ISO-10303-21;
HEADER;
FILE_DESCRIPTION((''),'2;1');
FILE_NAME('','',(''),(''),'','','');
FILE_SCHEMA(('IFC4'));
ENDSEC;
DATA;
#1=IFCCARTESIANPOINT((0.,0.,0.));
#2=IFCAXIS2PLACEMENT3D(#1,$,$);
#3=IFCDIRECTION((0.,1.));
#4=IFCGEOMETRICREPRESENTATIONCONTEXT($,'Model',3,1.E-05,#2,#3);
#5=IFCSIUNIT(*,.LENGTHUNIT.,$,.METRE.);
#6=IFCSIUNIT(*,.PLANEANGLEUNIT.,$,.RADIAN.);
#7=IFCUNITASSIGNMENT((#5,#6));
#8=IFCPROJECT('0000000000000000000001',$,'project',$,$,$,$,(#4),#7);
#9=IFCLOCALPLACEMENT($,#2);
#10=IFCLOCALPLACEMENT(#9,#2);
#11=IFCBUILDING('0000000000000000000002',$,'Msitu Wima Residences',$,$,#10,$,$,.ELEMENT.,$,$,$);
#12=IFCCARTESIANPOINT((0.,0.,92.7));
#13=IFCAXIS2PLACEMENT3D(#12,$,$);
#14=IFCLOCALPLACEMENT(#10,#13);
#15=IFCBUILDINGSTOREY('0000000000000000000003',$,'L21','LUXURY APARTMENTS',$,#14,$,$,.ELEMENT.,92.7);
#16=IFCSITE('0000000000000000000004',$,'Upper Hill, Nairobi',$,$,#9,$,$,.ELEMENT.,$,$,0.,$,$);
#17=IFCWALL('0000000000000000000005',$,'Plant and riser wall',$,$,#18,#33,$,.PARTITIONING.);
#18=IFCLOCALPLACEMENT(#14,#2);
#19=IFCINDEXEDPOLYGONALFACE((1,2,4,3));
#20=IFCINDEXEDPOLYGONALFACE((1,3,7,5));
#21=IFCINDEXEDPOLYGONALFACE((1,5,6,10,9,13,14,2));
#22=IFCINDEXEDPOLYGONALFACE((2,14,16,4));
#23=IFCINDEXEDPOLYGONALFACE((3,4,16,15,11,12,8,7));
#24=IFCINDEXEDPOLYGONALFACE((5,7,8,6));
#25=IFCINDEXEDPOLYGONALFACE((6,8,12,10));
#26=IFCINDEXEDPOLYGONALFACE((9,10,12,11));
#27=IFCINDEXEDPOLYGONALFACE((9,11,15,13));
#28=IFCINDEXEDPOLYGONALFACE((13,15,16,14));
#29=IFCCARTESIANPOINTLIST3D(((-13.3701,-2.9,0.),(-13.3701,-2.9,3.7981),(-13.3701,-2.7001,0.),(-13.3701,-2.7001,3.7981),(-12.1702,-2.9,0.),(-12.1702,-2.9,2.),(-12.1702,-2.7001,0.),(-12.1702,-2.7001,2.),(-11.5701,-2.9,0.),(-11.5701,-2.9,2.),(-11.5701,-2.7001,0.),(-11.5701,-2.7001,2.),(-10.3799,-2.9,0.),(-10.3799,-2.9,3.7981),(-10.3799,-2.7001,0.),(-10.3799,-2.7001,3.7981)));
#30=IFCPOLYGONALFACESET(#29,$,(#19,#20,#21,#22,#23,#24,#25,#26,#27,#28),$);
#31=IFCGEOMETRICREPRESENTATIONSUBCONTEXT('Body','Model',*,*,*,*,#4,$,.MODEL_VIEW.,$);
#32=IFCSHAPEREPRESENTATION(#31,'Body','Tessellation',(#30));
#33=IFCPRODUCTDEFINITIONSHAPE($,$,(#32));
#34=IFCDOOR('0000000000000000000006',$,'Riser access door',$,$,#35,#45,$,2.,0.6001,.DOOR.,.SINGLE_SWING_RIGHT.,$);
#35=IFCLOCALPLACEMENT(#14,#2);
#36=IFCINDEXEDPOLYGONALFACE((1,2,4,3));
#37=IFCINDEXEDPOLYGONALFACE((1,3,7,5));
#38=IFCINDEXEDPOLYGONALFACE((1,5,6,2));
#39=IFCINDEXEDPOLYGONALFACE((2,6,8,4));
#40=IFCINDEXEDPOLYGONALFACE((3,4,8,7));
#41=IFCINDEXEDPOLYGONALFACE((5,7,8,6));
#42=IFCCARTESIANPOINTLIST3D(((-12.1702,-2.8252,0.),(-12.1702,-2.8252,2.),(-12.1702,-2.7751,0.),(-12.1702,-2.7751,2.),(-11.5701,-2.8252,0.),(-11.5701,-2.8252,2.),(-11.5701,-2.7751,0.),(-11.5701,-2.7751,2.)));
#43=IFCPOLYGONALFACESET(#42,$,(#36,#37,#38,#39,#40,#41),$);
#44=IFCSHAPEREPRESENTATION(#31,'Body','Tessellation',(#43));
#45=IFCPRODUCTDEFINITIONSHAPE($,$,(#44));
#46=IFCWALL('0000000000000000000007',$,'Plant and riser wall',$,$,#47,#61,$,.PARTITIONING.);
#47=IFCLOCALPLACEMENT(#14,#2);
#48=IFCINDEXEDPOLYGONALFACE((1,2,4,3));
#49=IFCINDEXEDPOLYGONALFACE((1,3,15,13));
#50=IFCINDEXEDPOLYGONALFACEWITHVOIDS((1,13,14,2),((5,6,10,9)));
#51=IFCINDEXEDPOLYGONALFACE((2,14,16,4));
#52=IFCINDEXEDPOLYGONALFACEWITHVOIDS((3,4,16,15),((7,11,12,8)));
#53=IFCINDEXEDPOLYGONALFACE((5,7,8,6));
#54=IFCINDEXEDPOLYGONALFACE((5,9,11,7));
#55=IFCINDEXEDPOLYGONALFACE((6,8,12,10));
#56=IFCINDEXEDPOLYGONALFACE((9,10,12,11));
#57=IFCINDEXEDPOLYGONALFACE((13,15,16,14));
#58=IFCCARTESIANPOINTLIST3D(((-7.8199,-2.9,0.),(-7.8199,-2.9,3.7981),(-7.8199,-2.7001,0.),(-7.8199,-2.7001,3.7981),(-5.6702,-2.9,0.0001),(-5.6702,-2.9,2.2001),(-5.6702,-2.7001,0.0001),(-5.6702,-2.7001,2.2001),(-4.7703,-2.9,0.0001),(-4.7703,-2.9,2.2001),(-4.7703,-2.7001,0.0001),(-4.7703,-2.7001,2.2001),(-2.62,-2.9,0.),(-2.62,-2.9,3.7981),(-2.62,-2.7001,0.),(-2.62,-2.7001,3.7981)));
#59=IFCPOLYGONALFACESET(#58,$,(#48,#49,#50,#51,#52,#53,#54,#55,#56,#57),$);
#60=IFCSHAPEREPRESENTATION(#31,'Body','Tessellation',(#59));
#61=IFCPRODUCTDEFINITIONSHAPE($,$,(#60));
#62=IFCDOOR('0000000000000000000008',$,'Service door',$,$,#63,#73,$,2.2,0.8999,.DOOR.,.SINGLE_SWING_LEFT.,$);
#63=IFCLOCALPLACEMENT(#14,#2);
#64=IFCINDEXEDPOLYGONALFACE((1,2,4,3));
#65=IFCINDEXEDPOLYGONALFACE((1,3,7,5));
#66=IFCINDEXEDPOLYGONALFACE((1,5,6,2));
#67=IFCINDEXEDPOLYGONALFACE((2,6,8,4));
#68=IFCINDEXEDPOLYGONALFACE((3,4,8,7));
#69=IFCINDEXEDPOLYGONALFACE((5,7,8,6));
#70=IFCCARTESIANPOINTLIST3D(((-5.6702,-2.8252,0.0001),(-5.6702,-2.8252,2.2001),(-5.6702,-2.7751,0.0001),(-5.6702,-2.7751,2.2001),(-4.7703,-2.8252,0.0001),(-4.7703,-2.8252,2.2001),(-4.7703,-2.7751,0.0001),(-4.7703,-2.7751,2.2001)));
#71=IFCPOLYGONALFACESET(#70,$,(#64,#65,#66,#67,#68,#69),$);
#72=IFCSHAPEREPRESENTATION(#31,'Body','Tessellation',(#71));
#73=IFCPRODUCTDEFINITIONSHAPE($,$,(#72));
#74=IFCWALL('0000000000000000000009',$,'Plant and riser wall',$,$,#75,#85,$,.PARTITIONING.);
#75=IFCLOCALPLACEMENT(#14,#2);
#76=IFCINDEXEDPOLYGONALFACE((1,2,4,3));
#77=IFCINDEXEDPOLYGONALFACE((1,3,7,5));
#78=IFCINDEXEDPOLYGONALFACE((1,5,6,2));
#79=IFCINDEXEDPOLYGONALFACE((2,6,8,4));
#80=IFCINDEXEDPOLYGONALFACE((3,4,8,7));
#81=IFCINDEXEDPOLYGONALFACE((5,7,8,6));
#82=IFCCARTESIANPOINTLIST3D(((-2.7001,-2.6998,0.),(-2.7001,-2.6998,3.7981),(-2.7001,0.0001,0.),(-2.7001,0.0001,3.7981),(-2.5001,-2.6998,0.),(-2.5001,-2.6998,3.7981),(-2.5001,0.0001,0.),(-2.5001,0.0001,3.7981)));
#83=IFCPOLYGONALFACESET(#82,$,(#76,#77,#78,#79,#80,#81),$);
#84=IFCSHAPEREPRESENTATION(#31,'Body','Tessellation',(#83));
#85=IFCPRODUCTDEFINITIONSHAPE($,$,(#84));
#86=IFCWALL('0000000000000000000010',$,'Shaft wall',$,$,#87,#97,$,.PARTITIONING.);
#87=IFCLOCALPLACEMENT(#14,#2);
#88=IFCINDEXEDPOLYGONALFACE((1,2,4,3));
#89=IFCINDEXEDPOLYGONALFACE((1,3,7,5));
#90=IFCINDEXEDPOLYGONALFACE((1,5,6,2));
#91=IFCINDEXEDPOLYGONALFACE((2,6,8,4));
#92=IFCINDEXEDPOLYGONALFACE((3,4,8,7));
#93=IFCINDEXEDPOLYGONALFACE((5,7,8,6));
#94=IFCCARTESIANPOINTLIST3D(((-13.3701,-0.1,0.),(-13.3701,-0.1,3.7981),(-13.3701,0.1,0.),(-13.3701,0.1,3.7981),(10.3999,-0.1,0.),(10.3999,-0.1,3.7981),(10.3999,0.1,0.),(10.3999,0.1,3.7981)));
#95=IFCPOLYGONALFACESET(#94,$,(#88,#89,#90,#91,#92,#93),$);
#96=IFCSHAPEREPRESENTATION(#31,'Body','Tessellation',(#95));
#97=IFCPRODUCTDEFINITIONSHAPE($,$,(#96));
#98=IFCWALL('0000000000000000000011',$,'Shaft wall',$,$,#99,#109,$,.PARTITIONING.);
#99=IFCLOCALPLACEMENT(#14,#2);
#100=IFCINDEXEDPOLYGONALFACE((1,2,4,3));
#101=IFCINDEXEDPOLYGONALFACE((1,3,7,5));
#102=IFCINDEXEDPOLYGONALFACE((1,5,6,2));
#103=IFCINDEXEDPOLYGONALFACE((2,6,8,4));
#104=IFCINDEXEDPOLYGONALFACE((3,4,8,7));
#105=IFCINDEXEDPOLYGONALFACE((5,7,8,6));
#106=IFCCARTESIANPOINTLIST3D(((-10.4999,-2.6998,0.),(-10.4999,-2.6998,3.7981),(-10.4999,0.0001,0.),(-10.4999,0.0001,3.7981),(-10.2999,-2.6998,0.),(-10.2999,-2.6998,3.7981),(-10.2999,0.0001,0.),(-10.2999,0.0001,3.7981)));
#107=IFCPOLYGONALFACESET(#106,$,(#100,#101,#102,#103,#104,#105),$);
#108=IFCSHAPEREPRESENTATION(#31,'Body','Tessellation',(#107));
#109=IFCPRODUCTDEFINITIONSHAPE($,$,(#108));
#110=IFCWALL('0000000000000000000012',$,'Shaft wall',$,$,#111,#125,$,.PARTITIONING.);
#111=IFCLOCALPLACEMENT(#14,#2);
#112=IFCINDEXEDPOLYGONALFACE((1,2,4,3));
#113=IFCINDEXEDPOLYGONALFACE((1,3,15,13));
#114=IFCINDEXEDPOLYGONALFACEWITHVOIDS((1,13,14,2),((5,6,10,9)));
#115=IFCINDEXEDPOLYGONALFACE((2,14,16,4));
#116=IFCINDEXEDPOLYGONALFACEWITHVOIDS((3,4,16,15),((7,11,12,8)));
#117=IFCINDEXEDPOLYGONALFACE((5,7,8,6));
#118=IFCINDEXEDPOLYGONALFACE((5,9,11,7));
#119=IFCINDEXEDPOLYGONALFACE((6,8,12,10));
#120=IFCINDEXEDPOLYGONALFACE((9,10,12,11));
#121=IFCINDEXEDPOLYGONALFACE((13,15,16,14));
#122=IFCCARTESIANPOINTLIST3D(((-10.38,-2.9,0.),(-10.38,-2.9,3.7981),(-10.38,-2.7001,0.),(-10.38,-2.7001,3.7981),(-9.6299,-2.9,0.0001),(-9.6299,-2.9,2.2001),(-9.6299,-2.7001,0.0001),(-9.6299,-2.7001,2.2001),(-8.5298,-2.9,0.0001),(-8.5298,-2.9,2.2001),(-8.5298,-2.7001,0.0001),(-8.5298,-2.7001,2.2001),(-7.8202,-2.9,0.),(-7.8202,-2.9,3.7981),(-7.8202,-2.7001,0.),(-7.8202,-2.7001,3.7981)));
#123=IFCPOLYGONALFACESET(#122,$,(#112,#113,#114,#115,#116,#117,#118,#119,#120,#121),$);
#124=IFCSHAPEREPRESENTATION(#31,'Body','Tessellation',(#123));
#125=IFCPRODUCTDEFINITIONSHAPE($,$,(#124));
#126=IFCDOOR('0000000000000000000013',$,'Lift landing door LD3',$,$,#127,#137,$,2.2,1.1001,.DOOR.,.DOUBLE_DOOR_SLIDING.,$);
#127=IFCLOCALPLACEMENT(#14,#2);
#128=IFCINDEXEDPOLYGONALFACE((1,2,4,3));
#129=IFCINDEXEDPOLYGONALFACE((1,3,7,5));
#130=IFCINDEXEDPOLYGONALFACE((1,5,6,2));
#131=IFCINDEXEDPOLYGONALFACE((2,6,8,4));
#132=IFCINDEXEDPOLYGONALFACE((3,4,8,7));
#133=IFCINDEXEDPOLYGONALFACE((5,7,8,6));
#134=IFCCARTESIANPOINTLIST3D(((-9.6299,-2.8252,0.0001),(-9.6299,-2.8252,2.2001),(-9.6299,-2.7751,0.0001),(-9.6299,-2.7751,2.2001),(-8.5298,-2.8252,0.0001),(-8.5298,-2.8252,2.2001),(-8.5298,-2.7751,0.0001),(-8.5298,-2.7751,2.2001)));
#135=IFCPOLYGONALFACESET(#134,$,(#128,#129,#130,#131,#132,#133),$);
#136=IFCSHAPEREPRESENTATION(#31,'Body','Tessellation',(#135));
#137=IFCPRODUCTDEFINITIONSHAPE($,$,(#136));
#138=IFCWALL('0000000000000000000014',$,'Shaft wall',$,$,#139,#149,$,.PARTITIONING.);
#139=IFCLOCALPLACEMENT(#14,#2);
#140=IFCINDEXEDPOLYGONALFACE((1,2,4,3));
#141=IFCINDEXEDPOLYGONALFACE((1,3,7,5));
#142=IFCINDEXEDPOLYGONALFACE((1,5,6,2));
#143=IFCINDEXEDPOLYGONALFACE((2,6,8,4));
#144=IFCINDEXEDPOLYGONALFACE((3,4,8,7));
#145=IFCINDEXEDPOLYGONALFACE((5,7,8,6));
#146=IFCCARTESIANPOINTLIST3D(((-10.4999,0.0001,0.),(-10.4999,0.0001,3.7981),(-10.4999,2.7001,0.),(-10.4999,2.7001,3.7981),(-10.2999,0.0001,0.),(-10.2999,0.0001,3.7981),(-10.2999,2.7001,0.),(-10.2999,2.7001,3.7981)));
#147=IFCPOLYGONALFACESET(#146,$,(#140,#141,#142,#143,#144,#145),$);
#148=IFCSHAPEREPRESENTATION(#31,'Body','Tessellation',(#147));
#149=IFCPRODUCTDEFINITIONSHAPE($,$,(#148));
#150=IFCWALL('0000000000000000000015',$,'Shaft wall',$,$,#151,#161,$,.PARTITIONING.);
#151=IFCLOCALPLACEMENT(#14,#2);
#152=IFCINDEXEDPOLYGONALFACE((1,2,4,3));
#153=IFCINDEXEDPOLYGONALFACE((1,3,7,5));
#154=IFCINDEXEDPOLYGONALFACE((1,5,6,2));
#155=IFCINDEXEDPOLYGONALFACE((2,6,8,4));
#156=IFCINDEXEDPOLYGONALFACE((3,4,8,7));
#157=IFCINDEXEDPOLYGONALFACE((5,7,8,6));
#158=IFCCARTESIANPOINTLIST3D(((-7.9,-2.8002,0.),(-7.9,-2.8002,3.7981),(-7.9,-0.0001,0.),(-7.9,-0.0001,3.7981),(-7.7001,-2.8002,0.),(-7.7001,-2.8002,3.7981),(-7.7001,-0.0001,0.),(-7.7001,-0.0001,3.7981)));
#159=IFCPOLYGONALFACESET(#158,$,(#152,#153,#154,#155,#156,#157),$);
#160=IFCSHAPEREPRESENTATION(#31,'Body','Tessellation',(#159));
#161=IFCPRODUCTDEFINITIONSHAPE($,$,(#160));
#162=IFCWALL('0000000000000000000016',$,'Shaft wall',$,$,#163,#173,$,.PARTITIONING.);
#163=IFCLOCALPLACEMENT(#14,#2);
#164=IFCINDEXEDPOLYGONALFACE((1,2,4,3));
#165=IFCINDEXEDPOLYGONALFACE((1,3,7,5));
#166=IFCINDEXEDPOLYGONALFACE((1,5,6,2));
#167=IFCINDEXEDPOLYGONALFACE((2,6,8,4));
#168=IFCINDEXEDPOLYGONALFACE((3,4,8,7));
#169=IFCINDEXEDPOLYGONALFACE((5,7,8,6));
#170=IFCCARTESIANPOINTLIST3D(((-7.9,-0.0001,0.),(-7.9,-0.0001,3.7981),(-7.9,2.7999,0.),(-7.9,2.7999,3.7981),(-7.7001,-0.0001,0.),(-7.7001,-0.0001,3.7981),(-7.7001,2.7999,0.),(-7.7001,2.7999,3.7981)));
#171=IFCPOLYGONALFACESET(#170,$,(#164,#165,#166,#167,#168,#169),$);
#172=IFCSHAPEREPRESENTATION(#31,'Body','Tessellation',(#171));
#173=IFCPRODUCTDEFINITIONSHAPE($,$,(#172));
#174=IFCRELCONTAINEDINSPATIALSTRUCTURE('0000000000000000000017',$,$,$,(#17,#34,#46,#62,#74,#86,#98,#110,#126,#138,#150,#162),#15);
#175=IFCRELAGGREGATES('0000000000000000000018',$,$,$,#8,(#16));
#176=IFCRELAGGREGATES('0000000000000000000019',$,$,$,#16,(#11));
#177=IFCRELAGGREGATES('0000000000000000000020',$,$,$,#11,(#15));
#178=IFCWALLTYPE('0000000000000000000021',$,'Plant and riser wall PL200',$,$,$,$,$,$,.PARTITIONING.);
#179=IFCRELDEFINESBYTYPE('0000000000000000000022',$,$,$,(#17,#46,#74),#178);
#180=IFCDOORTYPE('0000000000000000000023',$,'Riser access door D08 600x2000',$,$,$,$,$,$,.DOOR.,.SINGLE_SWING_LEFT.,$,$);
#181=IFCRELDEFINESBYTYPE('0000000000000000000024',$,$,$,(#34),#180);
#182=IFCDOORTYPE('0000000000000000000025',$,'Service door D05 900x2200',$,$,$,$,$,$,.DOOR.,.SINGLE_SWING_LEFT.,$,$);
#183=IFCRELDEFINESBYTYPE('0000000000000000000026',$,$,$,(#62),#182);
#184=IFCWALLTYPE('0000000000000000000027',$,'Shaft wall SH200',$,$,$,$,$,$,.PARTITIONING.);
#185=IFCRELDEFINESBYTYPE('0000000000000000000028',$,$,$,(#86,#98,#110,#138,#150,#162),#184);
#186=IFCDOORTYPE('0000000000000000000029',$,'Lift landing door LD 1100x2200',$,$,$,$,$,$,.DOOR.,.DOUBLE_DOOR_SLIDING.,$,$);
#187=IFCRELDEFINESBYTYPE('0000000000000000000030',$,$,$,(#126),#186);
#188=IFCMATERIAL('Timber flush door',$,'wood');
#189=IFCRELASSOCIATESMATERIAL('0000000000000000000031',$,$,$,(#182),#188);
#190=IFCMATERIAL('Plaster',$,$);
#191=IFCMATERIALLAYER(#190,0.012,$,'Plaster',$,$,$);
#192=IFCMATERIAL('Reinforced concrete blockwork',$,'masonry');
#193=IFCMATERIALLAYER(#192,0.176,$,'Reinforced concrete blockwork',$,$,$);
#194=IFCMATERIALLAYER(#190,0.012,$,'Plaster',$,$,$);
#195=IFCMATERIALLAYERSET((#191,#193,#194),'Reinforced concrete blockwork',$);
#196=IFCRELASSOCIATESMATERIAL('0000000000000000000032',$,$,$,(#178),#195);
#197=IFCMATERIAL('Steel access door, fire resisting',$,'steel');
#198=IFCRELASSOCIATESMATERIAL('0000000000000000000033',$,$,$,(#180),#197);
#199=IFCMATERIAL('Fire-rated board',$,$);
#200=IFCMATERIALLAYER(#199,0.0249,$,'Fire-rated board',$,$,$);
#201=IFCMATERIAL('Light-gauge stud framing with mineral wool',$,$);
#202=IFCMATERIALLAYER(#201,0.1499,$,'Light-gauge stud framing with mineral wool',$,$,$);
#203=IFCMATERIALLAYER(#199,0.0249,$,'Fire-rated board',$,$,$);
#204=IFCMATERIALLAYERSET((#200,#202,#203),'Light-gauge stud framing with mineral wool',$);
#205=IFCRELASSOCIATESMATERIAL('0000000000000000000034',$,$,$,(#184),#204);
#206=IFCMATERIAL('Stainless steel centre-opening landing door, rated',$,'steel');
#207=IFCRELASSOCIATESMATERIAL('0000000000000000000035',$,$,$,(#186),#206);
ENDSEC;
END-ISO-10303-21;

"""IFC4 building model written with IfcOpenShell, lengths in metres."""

from ifc_helpers import new_model, si_unit, direction, frame, frame_2d, origin, place, context, subcontext, project, spatial, rectangle, extrude, material, layer, layer_set, type_object, element, fill, save


model = new_model("IFC4")

# Units and contexts
model_context = context("Model", 3, precision=1e-05, world=origin(), true_north=direction((0.0, 1.0)))
body_context = subcontext(model_context, "Body", "Model", "MODEL_VIEW")
ifc_project = project(units=[si_unit("LENGTHUNIT", "METRE"), si_unit("PLANEANGLEUNIT", "RADIAN")], contexts=[model_context])

# Site, building, storey
site_placement = place(None, origin())
site = spatial("IfcSite", under=ifc_project, at=site_placement, Name="Upper Hill, Nairobi", CompositionType="ELEMENT", RefElevation=0.0)
building_placement = place(site_placement, origin())
building = spatial("IfcBuilding", under=site, at=building_placement, Name="Msitu Wima Residences", CompositionType="ELEMENT")
storey_placement = place(building_placement, frame((0.0, 0.0, 92.7)))
storey = spatial("IfcBuildingStorey", under=building, at=storey_placement, Name="L21", Description="LUXURY APARTMENTS", CompositionType="ELEMENT", Elevation=92.7)

# Shared definitions
ifc_material_1 = material(Name="Plaster")
ifc_material_2 = material(Name="Timber flush door", Category="wood")
door_type_1 = type_object("IfcDoorType", Name="Service door D05 900x2200", OperationType="SINGLE_SWING_LEFT", PredefinedType="DOOR", material=ifc_material_2)

# Walls, openings, doors
ifc_layer_1 = layer(ifc_material_1, 0.012, Name="Plaster")
ifc_material_3 = material(Name="Reinforced concrete blockwork", Category="masonry")
ifc_layer_2 = layer(ifc_material_3, 0.176, Name="Reinforced concrete blockwork")
ifc_layer_3 = layer(ifc_material_1, 0.012, Name="Plaster")
ifc_layer_set_1 = layer_set([ifc_layer_1, ifc_layer_2, ifc_layer_3], Name="Reinforced concrete blockwork")
wall_type_1 = type_object("IfcWallType", Name="Plant and riser wall PL200", PredefinedType="PARTITIONING", material=ifc_layer_set_1)
wall_1_placement = place(storey_placement, frame((-13.3701, -2.8, 0.0), z_axis=(0.0, 0.0, 1.0), x_axis=(1.0, 0.0, 0.0)))
wall_1 = element("IfcWall", 1, at=wall_1_placement, inside=storey, type_object=wall_type_1, Name="Plant and riser wall", PredefinedType="PARTITIONING", context=body_context, shape_type="SweptSolid", body=[
    extrude(rectangle(XDim=2.9902, YDim=0.2, at=frame_2d((1.4951, 0.0))), origin(), (0.0, 0.0, 1.0), 3.7981),
])
opening_1_placement = place(wall_1_placement, frame((1.2, 0.0, 0.0)))
opening_1 = element("IfcOpeningElement", 2, at=opening_1_placement, cuts=wall_1, PredefinedType="OPENING", context=body_context, shape_type="SweptSolid", body=[
    extrude(rectangle(XDim=0.6001, YDim=2.0, at=frame_2d((0.3, 1.0))), frame((0.0, 0.1099, 0.0), z_axis=(0.0, -1.0, 0.0), x_axis=(1.0, 0.0, 0.0)), (0.0, 0.0, 1.0), 0.22),
])
ifc_material_4 = material(Name="Steel access door, fire resisting", Category="steel")
door_type_2 = type_object("IfcDoorType", Name="Riser access door D08 600x2000", OperationType="SINGLE_SWING_LEFT", PredefinedType="DOOR", material=ifc_material_4)
door_1_placement = place(opening_1_placement, origin())
door_1 = element("IfcDoor", 3, at=door_1_placement, inside=storey, type_object=door_type_2, Name="Riser access door", OperationType="SINGLE_SWING_RIGHT", OverallHeight=2.0, OverallWidth=0.6001, PredefinedType="DOOR", context=body_context, shape_type="SweptSolid", body=[
    extrude(rectangle(XDim=0.6001, YDim=2.0, at=frame_2d((0.3, 1.0))), frame((0.0, 0.0249, 0.0), z_axis=(0.0, -1.0, 0.0), x_axis=(1.0, 0.0, 0.0)), (0.0, 0.0, 1.0), 0.05),
])
fill(opening_1, door_1)
wall_2_placement = place(storey_placement, frame((-7.8201, -2.8, 0.0), z_axis=(0.0, 0.0, 1.0), x_axis=(1.0, 0.0, 0.0)))
wall_2 = element("IfcWall", 4, at=wall_2_placement, inside=storey, type_object=wall_type_1, Name="Plant and riser wall", PredefinedType="PARTITIONING", context=body_context, shape_type="SweptSolid", body=[
    extrude(rectangle(XDim=5.2, YDim=0.2, at=frame_2d((2.6001, 0.0))), origin(), (0.0, 0.0, 1.0), 3.7981),
])
opening_2_placement = place(wall_2_placement, frame((2.1499, 0.0, 0.0)))
opening_2 = element("IfcOpeningElement", 5, at=opening_2_placement, cuts=wall_2, PredefinedType="OPENING", context=body_context, shape_type="SweptSolid", body=[
    extrude(rectangle(XDim=0.8999, YDim=2.2, at=frame_2d((0.45, 1.1001))), frame((0.0, 0.1099, 0.0), z_axis=(0.0, -1.0, 0.0), x_axis=(1.0, 0.0, 0.0)), (0.0, 0.0, 1.0), 0.22),
])
door_2_placement = place(opening_2_placement, origin())
door_2 = element("IfcDoor", 6, at=door_2_placement, inside=storey, type_object=door_type_1, Name="Service door", OperationType="SINGLE_SWING_LEFT", OverallHeight=2.2, OverallWidth=0.8999, PredefinedType="DOOR", context=body_context, shape_type="SweptSolid", body=[
    extrude(rectangle(XDim=0.8999, YDim=2.2, at=frame_2d((0.45, 1.1001))), frame((0.0, 0.0249, 0.0), z_axis=(0.0, -1.0, 0.0), x_axis=(1.0, 0.0, 0.0)), (0.0, 0.0, 1.0), 0.05),
])
fill(opening_2, door_2)

# Walls
wall_3_placement = place(storey_placement, frame((-2.6001, -2.7, 0.0), z_axis=(0.0, 0.0, 1.0), x_axis=(0.0, 1.0, 0.0)))
element("IfcWall", 7, at=wall_3_placement, inside=storey, type_object=wall_type_1, Name="Plant and riser wall", PredefinedType="PARTITIONING", context=body_context, shape_type="SweptSolid", body=[
    extrude(rectangle(XDim=2.7, YDim=0.2, at=frame_2d((1.3501, 0.0))), origin(), (0.0, 0.0, 1.0), 3.7981),
])
ifc_material_5 = material(Name="Fire-rated board")
ifc_layer_4 = layer(ifc_material_5, 0.0249, Name="Fire-rated board")
ifc_material_6 = material(Name="Light-gauge stud framing with mineral wool")
ifc_layer_5 = layer(ifc_material_6, 0.1499, Name="Light-gauge stud framing with mineral wool")
ifc_layer_6 = layer(ifc_material_5, 0.0249, Name="Fire-rated board")
ifc_layer_set_2 = layer_set([ifc_layer_4, ifc_layer_5, ifc_layer_6], Name="Light-gauge stud framing with mineral wool")
wall_type_2 = type_object("IfcWallType", Name="Shaft wall SH200", PredefinedType="PARTITIONING", material=ifc_layer_set_2)
wall_4_placement = place(storey_placement, frame((-13.3701, 0.0, 0.0), z_axis=(0.0, 0.0, 1.0), x_axis=(1.0, 0.0, 0.0)))
element("IfcWall", 8, at=wall_4_placement, inside=storey, type_object=wall_type_2, Name="Shaft wall", PredefinedType="PARTITIONING", context=body_context, shape_type="SweptSolid", body=[
    extrude(rectangle(XDim=23.77, YDim=0.2, at=frame_2d((11.885, 0.0))), origin(), (0.0, 0.0, 1.0), 3.7981),
])
wall_5_placement = place(storey_placement, frame((-10.3999, -2.7, 0.0), z_axis=(0.0, 0.0, 1.0), x_axis=(0.0, 1.0, 0.0)))
element("IfcWall", 9, at=wall_5_placement, inside=storey, type_object=wall_type_2, Name="Shaft wall", PredefinedType="PARTITIONING", context=body_context, shape_type="SweptSolid", body=[
    extrude(rectangle(XDim=2.7, YDim=0.2, at=frame_2d((1.3501, 0.0))), origin(), (0.0, 0.0, 1.0), 3.7981),
])

# Wall, opening, door
wall_6_placement = place(storey_placement, frame((-10.3799, -2.8, 0.0), z_axis=(0.0, 0.0, 1.0), x_axis=(1.0, 0.0, 0.0)))
wall_6 = element("IfcWall", 10, at=wall_6_placement, inside=storey, type_object=wall_type_2, Name="Shaft wall", PredefinedType="PARTITIONING", context=body_context, shape_type="SweptSolid", body=[
    extrude(rectangle(XDim=2.5598, YDim=0.2, at=frame_2d((1.2798, 0.0))), origin(), (0.0, 0.0, 1.0), 3.7981),
])
opening_3_placement = place(wall_6_placement, frame((0.75, 0.0, 0.0)))
opening_3 = element("IfcOpeningElement", 11, at=opening_3_placement, cuts=wall_6, PredefinedType="OPENING", context=body_context, shape_type="SweptSolid", body=[
    extrude(rectangle(XDim=1.1001, YDim=2.2, at=frame_2d((0.55, 1.1001))), frame((0.0, 0.1099, 0.0), z_axis=(0.0, -1.0, 0.0), x_axis=(1.0, 0.0, 0.0)), (0.0, 0.0, 1.0), 0.22),
])
ifc_material_7 = material(Name="Stainless steel centre-opening landing door, rated", Category="steel")
door_type_3 = type_object("IfcDoorType", Name="Lift landing door LD 1100x2200", OperationType="DOUBLE_DOOR_SLIDING", PredefinedType="DOOR", material=ifc_material_7)
door_3_placement = place(opening_3_placement, origin())
door_3 = element("IfcDoor", 12, at=door_3_placement, inside=storey, type_object=door_type_3, Name="Lift landing door LD3", OperationType="DOUBLE_DOOR_SLIDING", OverallHeight=2.2, OverallWidth=1.1001, PredefinedType="DOOR", context=body_context, shape_type="SweptSolid", body=[
    extrude(rectangle(XDim=1.1001, YDim=2.2, at=frame_2d((0.55, 1.1001))), frame((0.0, 0.0249, 0.0), z_axis=(0.0, -1.0, 0.0), x_axis=(1.0, 0.0, 0.0)), (0.0, 0.0, 1.0), 0.05),
])
fill(opening_3, door_3)

# Walls
wall_7_placement = place(storey_placement, frame((-10.3999, 0.0, 0.0), z_axis=(0.0, 0.0, 1.0), x_axis=(0.0, 1.0, 0.0)))
element("IfcWall", 13, at=wall_7_placement, inside=storey, type_object=wall_type_2, Name="Shaft wall", PredefinedType="PARTITIONING", context=body_context, shape_type="SweptSolid", body=[
    extrude(rectangle(XDim=2.7, YDim=0.2, at=frame_2d((1.3501, 0.0))), origin(), (0.0, 0.0, 1.0), 3.7981),
])
for number, where, z_axis, x_axis, name in (
    (14, (-7.8, -2.8, 0.0), (0.0, 0.0, 1.0), (0.0, 1.0, 0.0), "Shaft wall"),
    (15, (-7.8, 0.0, 0.0), (0.0, 0.0, 1.0), (0.0, 1.0, 0.0), "Shaft wall"),
):
    element("IfcWall", number, at=place(storey_placement, frame(where, z_axis=z_axis, x_axis=x_axis)), inside=storey, type_object=wall_type_2, Name=name, PredefinedType="PARTITIONING", context=body_context, shape_type="SweptSolid", body=[
        extrude(rectangle(XDim=2.8, YDim=0.2, at=frame_2d((1.3999, 0.0))), origin(), (0.0, 0.0, 1.0), 3.7981),
    ])

save(model, "model.ifc")
